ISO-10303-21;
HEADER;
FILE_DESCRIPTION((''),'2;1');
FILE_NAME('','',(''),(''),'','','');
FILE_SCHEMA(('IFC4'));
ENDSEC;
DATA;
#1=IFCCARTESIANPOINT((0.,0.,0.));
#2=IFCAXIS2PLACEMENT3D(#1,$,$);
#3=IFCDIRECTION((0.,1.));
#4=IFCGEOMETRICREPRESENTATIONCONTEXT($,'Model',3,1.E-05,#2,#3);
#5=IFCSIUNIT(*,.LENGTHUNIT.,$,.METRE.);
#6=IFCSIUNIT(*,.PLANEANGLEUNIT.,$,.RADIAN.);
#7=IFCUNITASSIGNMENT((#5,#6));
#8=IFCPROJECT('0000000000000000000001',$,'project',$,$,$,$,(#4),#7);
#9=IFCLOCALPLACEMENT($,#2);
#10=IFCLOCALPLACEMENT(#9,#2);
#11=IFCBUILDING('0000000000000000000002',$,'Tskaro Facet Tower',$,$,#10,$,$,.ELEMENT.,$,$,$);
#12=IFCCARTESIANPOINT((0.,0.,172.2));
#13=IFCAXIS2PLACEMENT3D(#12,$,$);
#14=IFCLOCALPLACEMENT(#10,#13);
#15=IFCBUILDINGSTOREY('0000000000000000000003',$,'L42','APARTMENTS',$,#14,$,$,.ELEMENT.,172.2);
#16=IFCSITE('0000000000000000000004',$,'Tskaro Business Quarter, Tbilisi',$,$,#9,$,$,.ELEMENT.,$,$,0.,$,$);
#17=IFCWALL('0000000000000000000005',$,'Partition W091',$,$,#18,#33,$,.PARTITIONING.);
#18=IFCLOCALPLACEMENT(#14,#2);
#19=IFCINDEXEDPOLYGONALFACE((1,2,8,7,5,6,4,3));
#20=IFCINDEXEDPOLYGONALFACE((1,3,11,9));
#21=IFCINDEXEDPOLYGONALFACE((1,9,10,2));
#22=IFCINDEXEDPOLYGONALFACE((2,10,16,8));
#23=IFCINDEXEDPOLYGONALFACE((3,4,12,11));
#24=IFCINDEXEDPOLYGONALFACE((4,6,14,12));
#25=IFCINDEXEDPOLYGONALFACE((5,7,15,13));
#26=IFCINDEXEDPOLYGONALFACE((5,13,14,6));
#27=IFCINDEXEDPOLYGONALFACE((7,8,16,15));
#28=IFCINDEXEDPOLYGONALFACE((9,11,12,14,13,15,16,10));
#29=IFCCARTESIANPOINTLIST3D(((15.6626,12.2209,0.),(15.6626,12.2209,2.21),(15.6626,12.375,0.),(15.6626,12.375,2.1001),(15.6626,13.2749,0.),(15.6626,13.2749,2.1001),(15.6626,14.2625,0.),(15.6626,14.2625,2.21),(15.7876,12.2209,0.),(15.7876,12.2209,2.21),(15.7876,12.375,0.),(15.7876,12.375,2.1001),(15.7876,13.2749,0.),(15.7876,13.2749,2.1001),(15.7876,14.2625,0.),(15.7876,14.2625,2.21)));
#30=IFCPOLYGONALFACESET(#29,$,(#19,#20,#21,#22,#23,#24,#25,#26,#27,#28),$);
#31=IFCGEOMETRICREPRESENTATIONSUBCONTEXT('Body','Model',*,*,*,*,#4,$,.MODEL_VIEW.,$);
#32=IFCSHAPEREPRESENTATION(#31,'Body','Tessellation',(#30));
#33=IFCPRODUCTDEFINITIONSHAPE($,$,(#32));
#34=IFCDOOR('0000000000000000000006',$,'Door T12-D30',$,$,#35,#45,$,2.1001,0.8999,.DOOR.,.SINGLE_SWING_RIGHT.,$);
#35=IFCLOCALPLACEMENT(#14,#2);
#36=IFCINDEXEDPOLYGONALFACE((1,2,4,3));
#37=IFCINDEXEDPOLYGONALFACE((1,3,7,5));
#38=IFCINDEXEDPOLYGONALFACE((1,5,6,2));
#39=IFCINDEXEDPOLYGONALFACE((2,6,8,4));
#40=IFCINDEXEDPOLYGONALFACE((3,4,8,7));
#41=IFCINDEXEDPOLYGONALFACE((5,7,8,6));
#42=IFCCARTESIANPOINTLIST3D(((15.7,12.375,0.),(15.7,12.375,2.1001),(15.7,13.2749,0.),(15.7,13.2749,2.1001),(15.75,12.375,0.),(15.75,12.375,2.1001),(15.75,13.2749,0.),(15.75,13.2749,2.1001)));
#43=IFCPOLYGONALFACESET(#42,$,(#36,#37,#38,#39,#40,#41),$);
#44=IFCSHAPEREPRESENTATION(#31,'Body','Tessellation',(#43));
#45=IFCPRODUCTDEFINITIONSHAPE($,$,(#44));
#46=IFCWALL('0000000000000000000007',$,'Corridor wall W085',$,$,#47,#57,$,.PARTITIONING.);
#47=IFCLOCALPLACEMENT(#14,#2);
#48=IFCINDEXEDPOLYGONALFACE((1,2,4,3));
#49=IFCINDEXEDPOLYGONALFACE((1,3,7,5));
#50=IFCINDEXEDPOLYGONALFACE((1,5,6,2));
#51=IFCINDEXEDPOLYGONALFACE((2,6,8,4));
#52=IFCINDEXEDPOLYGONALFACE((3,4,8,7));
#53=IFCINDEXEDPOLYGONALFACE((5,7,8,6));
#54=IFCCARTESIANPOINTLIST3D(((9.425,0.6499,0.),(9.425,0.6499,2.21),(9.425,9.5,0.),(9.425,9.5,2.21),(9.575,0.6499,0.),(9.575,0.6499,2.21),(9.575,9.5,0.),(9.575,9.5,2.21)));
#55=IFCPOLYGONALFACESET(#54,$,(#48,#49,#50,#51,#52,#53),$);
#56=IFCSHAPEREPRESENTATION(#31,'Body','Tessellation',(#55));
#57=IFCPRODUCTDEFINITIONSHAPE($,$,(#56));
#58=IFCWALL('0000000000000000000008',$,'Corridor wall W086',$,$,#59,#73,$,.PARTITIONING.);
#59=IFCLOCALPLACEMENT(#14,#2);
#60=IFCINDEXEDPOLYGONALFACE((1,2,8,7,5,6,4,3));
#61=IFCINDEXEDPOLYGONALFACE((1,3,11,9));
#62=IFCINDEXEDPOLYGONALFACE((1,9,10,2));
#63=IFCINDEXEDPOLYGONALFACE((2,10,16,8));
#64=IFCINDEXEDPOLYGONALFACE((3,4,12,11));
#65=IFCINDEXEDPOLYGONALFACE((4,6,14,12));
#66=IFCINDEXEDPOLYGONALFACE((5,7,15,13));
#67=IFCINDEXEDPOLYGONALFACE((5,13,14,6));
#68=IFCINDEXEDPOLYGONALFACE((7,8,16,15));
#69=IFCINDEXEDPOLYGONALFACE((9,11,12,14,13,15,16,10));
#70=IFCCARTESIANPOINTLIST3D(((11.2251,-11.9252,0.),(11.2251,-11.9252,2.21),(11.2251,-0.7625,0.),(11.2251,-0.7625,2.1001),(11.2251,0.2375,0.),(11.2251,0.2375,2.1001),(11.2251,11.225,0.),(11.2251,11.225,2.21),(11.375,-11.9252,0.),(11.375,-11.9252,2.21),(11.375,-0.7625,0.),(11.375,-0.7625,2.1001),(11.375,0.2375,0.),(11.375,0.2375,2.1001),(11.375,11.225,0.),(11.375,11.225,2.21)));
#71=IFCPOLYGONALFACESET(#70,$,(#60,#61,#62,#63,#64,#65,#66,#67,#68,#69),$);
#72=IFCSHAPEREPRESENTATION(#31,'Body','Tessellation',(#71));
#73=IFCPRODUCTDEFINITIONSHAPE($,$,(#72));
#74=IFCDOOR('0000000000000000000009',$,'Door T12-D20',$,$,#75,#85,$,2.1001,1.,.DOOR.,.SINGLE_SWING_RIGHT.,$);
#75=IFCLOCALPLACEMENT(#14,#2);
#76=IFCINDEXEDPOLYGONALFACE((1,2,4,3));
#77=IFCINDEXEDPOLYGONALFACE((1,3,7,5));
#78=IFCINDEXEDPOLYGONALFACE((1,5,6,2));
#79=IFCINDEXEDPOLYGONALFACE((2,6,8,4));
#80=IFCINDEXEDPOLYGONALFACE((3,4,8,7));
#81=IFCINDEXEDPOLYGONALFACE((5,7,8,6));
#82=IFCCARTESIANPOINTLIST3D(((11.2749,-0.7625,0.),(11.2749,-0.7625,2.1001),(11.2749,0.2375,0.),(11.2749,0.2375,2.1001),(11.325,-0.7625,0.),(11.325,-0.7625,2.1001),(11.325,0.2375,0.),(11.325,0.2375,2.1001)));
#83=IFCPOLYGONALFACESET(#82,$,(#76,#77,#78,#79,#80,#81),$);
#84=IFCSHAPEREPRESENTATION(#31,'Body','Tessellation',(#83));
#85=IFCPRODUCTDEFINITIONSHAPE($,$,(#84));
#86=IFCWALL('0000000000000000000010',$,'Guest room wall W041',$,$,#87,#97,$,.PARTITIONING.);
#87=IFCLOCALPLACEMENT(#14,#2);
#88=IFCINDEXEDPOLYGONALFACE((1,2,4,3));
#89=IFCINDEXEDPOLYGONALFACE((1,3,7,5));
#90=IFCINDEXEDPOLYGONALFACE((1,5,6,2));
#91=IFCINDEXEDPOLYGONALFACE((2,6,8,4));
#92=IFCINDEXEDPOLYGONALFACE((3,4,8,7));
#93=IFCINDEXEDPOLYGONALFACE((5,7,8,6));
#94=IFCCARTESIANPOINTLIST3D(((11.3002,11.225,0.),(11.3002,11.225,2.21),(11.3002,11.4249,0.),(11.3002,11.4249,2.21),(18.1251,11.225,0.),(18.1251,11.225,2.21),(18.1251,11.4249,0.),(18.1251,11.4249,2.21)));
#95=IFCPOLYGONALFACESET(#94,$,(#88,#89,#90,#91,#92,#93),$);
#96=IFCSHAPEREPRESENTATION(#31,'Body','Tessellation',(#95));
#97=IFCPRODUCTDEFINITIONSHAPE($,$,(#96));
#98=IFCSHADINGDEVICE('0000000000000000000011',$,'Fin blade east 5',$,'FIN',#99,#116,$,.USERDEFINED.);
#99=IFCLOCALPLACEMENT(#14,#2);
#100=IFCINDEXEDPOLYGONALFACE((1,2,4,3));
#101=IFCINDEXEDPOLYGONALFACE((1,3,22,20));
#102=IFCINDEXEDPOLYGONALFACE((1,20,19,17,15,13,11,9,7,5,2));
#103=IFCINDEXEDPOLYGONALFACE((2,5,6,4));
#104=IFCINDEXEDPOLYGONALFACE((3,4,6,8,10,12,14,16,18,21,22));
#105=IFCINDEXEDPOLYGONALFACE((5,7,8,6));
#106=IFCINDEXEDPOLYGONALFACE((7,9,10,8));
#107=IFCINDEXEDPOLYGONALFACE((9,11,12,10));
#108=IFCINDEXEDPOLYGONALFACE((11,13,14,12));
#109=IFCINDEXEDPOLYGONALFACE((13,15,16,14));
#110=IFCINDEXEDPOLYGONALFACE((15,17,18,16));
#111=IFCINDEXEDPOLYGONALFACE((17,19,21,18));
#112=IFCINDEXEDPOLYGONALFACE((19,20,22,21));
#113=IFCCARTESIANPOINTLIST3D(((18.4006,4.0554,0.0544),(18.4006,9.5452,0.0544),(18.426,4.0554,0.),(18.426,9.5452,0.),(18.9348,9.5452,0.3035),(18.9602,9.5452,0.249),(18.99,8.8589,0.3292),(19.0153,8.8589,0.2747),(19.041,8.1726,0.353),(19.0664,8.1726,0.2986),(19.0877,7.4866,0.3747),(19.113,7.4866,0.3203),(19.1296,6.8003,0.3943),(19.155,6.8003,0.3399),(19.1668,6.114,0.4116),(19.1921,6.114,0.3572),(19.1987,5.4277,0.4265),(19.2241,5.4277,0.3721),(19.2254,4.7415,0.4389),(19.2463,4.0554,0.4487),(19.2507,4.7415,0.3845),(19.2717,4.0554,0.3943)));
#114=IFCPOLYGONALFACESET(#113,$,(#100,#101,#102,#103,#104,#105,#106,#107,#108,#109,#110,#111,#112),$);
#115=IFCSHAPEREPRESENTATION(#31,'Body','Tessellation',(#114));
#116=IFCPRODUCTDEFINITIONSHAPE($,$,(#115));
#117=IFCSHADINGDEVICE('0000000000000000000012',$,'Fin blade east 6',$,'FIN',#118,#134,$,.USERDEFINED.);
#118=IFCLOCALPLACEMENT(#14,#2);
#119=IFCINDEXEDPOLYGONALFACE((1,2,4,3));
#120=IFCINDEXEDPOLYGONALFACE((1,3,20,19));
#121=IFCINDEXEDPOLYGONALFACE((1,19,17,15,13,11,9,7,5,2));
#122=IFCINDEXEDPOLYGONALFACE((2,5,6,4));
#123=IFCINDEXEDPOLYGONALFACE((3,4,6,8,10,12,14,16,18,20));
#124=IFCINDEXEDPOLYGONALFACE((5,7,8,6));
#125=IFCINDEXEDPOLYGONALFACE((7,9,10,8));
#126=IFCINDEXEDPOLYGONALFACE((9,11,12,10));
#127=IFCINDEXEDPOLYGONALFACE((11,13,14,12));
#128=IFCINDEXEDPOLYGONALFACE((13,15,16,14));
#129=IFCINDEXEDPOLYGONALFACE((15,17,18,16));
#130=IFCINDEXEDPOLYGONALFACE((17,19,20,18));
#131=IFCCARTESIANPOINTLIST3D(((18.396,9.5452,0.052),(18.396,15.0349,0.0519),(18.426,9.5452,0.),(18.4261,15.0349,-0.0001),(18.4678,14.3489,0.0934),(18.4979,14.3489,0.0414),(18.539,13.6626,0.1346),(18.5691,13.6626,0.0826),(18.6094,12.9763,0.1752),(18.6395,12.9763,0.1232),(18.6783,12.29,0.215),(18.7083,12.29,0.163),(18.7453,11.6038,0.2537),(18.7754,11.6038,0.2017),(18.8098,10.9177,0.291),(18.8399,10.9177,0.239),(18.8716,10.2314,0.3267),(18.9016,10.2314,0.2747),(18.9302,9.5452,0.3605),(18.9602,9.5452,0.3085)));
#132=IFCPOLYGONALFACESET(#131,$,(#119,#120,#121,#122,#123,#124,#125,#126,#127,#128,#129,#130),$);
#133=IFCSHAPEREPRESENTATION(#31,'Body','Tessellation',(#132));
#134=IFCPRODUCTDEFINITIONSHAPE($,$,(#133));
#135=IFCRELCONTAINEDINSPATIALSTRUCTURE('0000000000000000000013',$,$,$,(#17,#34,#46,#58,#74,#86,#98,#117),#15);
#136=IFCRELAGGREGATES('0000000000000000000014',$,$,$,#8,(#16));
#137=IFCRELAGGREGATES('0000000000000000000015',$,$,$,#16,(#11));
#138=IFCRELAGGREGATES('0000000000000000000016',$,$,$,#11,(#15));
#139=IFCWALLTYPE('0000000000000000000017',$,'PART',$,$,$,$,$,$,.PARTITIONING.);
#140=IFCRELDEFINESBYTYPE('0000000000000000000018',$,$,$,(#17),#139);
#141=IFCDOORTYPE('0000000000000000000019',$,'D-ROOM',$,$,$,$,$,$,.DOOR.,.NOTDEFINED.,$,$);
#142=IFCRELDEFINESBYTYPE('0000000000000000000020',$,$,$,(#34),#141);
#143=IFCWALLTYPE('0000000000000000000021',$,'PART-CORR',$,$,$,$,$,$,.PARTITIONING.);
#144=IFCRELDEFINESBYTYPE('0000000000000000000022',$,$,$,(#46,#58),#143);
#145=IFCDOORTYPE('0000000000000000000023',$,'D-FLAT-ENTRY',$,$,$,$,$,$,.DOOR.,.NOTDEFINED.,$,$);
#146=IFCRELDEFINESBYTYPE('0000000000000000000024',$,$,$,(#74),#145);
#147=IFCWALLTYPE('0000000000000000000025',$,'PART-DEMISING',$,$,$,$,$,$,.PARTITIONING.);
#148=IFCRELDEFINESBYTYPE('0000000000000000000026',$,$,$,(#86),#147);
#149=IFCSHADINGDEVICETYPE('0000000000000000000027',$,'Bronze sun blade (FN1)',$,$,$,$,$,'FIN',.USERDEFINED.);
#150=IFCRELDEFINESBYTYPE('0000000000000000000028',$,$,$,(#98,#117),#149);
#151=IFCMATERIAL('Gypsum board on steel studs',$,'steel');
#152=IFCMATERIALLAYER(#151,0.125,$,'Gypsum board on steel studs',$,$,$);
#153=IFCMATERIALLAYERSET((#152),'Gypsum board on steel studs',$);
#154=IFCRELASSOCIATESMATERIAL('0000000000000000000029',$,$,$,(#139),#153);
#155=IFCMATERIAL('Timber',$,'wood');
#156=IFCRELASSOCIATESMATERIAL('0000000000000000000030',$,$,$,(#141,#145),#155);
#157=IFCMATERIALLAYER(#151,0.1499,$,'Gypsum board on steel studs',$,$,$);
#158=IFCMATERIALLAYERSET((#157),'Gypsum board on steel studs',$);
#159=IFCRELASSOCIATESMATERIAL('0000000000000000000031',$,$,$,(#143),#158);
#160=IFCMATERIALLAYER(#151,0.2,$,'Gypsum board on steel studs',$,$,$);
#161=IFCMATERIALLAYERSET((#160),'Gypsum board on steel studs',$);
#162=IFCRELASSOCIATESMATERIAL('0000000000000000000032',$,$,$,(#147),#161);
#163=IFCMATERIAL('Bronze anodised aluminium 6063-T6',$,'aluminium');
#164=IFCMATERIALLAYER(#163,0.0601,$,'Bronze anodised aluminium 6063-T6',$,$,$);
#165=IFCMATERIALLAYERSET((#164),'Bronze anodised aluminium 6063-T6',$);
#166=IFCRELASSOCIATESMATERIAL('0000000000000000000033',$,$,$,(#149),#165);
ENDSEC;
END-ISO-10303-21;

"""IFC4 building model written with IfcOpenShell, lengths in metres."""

from ifc_helpers import new_model, si_unit, direction, frame, frame_2d, origin, place, context, subcontext, project, spatial, polyline, rectangle, outline, extrude, material, layer, layer_set, type_object, element, fill, save


model = new_model("IFC4")

# Units and contexts
model_context = context("Model", 3, precision=1e-05, world=origin(), true_north=direction((0.0, 1.0)))
body_context = subcontext(model_context, "Body", "Model", "MODEL_VIEW")
ifc_project = project(units=[si_unit("LENGTHUNIT", "METRE"), si_unit("PLANEANGLEUNIT", "RADIAN")], contexts=[model_context])

# Site, building, storey
site_placement = place(None, origin())
site = spatial("IfcSite", under=ifc_project, at=site_placement, Name="Tskaro Business Quarter, Tbilisi", CompositionType="ELEMENT", RefElevation=0.0)
building_placement = place(site_placement, origin())
building = spatial("IfcBuilding", under=site, at=building_placement, Name="Tskaro Facet Tower", CompositionType="ELEMENT")
storey_placement = place(building_placement, frame((0.0, 0.0, 172.2)))
storey = spatial("IfcBuildingStorey", under=building, at=storey_placement, Name="L42", Description="APARTMENTS", CompositionType="ELEMENT", Elevation=172.2)

# Shared definitions
ifc_material_1 = material(Name="Bronze anodised aluminium 6063-T6", Category="aluminium")

# Shared definitions
ifc_material_2 = material(Name="Gypsum board on steel studs", Category="steel")
ifc_layer_1 = layer(ifc_material_2, 0.125, Name="Gypsum board on steel studs")
ifc_layer_set_1 = layer_set([ifc_layer_1], Name="Gypsum board on steel studs")
wall_type_1 = type_object("IfcWallType", Name="PART", PredefinedType="PARTITIONING", material=ifc_layer_set_1)

# Wall, opening, door
wall_1_placement = place(storey_placement, frame((15.7251, 14.2625, 0.0), z_axis=(0.0, 0.0, 1.0), x_axis=(0.0, -1.0, 0.0)))
wall_1 = element("IfcWall", 1, at=wall_1_placement, inside=storey, type_object=wall_type_1, Name="Partition W091", PredefinedType="PARTITIONING", context=body_context, shape_type="SweptSolid", body=[
    extrude(rectangle(XDim=2.0415, YDim=0.125, at=frame_2d((1.0208, 0.0))), origin(), (0.0, 0.0, 1.0), 2.21),
])
opening_1_placement = place(wall_1_placement, frame((0.9875, 0.0, 0.0)))
opening_1 = element("IfcOpeningElement", 2, at=opening_1_placement, cuts=wall_1, PredefinedType="OPENING", context=body_context, shape_type="SweptSolid", body=[
    extrude(rectangle(XDim=0.8999, YDim=2.1001, at=frame_2d((0.45, 1.05))), frame((0.0, 0.0725, 0.0), z_axis=(0.0, -1.0, 0.0), x_axis=(1.0, 0.0, 0.0)), (0.0, 0.0, 1.0), 0.145),
])
ifc_material_3 = material(Name="Timber", Category="wood")
door_type_1 = type_object("IfcDoorType", Name="D-ROOM", OperationType="NOTDEFINED", PredefinedType="DOOR", material=ifc_material_3)
door_1_placement = place(opening_1_placement, origin())
door_1 = element("IfcDoor", 3, at=door_1_placement, inside=storey, type_object=door_type_1, Name="Door T12-D30", OperationType="SINGLE_SWING_RIGHT", OverallHeight=2.1001, OverallWidth=0.8999, PredefinedType="DOOR", context=body_context, shape_type="SweptSolid", body=[
    extrude(rectangle(XDim=0.8999, YDim=2.1001, at=frame_2d((0.45, 1.05))), frame((0.0, 0.0249, 0.0), z_axis=(0.0, -1.0, 0.0), x_axis=(1.0, 0.0, 0.0)), (0.0, 0.0, 1.0), 0.05),
])
fill(opening_1, door_1)

# Wall
ifc_layer_2 = layer(ifc_material_2, 0.1499, Name="Gypsum board on steel studs")
ifc_layer_set_2 = layer_set([ifc_layer_2], Name="Gypsum board on steel studs")
wall_type_2 = type_object("IfcWallType", Name="PART-CORR", PredefinedType="PARTITIONING", material=ifc_layer_set_2)
wall_2_placement = place(storey_placement, frame((9.5, 0.6499, 0.0), z_axis=(0.0, 0.0, 1.0), x_axis=(0.0, 1.0, 0.0)))
element("IfcWall", 4, at=wall_2_placement, inside=storey, type_object=wall_type_2, Name="Corridor wall W085", PredefinedType="PARTITIONING", context=body_context, shape_type="SweptSolid", body=[
    extrude(rectangle(XDim=8.8501, YDim=0.1499, at=frame_2d((4.425, 0.0))), origin(), (0.0, 0.0, 1.0), 2.21),
])

# Wall, opening, door
wall_3_placement = place(storey_placement, frame((11.3, 11.2251, 0.0), z_axis=(0.0, 0.0, 1.0), x_axis=(0.0, -1.0, 0.0)))
wall_3 = element("IfcWall", 5, at=wall_3_placement, inside=storey, type_object=wall_type_2, Name="Corridor wall W086", PredefinedType="PARTITIONING", context=body_context, shape_type="SweptSolid", body=[
    extrude(rectangle(XDim=23.1501, YDim=0.1499, at=frame_2d((11.5752, 0.0))), origin(), (0.0, 0.0, 1.0), 2.21),
])
opening_2_placement = place(wall_3_placement, frame((10.9875, 0.0, 0.0)))
opening_2 = element("IfcOpeningElement", 6, at=opening_2_placement, cuts=wall_3, PredefinedType="OPENING", context=body_context, shape_type="SweptSolid", body=[
    extrude(rectangle(XDim=1.0, YDim=2.1001, at=frame_2d((0.5, 1.05))), frame((0.0, 0.085, 0.0), z_axis=(0.0, -1.0, 0.0), x_axis=(1.0, 0.0, 0.0)), (0.0, 0.0, 1.0), 0.1699),
])
door_type_2 = type_object("IfcDoorType", Name="D-FLAT-ENTRY", OperationType="NOTDEFINED", PredefinedType="DOOR", material=ifc_material_3)
door_2_placement = place(opening_2_placement, origin())
door_2 = element("IfcDoor", 7, at=door_2_placement, inside=storey, type_object=door_type_2, Name="Door T12-D20", OperationType="SINGLE_SWING_RIGHT", OverallHeight=2.1001, OverallWidth=1.0, PredefinedType="DOOR", context=body_context, shape_type="SweptSolid", body=[
    extrude(rectangle(XDim=1.0, YDim=2.1001, at=frame_2d((0.5, 1.05))), frame((0.0, 0.0249, 0.0), z_axis=(0.0, -1.0, 0.0), x_axis=(1.0, 0.0, 0.0)), (0.0, 0.0, 1.0), 0.05),
])
fill(opening_2, door_2)

# Wall
ifc_layer_3 = layer(ifc_material_2, 0.2, Name="Gypsum board on steel studs")
ifc_layer_set_3 = layer_set([ifc_layer_3], Name="Gypsum board on steel studs")
wall_type_3 = type_object("IfcWallType", Name="PART-DEMISING", PredefinedType="PARTITIONING", material=ifc_layer_set_3)
wall_4_placement = place(storey_placement, frame((11.3, 11.325, 0.0), z_axis=(0.0, 0.0, 1.0), x_axis=(1.0, 0.0, 0.0)))
element("IfcWall", 8, at=wall_4_placement, inside=storey, type_object=wall_type_3, Name="Guest room wall W041", PredefinedType="PARTITIONING", context=body_context, shape_type="SweptSolid", body=[
    extrude(rectangle(XDim=6.825, YDim=0.2, at=frame_2d((3.4126, 0.0))), origin(), (0.0, 0.0, 1.0), 2.21),
])

# Shading devices
ifc_layer_4 = layer(ifc_material_1, 0.0601, Name="Bronze anodised aluminium 6063-T6")
ifc_layer_set_4 = layer_set([ifc_layer_4], Name="Bronze anodised aluminium 6063-T6")
shading_device_type = type_object("IfcShadingDeviceType", Name="Bronze sun blade (FN1)", ElementType="FIN", PredefinedType="USERDEFINED", material=ifc_layer_set_4)
shading_device_1_placement = place(storey_placement, frame((18.4006, 4.0554, 0.0544), z_axis=(-0.422539, 0.000003, 0.906345), x_axis=(0.000001, 1.0, -0.000003)))
element("IfcShadingDevice", 9, at=shading_device_1_placement, inside=storey, type_object=shading_device_type, Name="Fin blade east 5", ObjectType="FIN", PredefinedType="USERDEFINED", context=body_context, shape_type="SweptSolid", body=[
    extrude(outline(polyline([(0.0, 0.0), (5.4897, 0.0), (5.4897, -0.5894), (4.8035, -0.6502), (4.1172, -0.7066), (3.4312, -0.758), (2.7449, -0.8043), (2.0586, -0.8453), (1.3723, -0.8806), (0.686, -0.9099), (0.0, -0.9331), (0.0, 0.0)])), origin(), (0.0, 0.0, -1.0), 0.0601),
])
shading_device_2_placement = place(storey_placement, frame((18.396, 9.5452, 0.052), z_axis=(-0.50013, 0.000012, 0.86595), x_axis=(0.000006, 1.0, -0.00001)))
element("IfcShadingDevice", 10, at=shading_device_2_placement, inside=storey, type_object=shading_device_type, Name="Fin blade east 6", ObjectType="FIN", PredefinedType="USERDEFINED", context=body_context, shape_type="SweptSolid", body=[
    extrude(outline(polyline([(0.0, 0.0), (5.4897, 0.0), (4.8037, -0.0829), (4.1174, -0.1652), (3.4312, -0.2464), (2.7449, -0.326), (2.0586, -0.4034), (1.3726, -0.4779), (0.6863, -0.5492), (0.0, -0.6169), (0.0, 0.0)])), origin(), (0.0, 0.0, -1.0), 0.0601),
])

save(model, "model.ifc")
